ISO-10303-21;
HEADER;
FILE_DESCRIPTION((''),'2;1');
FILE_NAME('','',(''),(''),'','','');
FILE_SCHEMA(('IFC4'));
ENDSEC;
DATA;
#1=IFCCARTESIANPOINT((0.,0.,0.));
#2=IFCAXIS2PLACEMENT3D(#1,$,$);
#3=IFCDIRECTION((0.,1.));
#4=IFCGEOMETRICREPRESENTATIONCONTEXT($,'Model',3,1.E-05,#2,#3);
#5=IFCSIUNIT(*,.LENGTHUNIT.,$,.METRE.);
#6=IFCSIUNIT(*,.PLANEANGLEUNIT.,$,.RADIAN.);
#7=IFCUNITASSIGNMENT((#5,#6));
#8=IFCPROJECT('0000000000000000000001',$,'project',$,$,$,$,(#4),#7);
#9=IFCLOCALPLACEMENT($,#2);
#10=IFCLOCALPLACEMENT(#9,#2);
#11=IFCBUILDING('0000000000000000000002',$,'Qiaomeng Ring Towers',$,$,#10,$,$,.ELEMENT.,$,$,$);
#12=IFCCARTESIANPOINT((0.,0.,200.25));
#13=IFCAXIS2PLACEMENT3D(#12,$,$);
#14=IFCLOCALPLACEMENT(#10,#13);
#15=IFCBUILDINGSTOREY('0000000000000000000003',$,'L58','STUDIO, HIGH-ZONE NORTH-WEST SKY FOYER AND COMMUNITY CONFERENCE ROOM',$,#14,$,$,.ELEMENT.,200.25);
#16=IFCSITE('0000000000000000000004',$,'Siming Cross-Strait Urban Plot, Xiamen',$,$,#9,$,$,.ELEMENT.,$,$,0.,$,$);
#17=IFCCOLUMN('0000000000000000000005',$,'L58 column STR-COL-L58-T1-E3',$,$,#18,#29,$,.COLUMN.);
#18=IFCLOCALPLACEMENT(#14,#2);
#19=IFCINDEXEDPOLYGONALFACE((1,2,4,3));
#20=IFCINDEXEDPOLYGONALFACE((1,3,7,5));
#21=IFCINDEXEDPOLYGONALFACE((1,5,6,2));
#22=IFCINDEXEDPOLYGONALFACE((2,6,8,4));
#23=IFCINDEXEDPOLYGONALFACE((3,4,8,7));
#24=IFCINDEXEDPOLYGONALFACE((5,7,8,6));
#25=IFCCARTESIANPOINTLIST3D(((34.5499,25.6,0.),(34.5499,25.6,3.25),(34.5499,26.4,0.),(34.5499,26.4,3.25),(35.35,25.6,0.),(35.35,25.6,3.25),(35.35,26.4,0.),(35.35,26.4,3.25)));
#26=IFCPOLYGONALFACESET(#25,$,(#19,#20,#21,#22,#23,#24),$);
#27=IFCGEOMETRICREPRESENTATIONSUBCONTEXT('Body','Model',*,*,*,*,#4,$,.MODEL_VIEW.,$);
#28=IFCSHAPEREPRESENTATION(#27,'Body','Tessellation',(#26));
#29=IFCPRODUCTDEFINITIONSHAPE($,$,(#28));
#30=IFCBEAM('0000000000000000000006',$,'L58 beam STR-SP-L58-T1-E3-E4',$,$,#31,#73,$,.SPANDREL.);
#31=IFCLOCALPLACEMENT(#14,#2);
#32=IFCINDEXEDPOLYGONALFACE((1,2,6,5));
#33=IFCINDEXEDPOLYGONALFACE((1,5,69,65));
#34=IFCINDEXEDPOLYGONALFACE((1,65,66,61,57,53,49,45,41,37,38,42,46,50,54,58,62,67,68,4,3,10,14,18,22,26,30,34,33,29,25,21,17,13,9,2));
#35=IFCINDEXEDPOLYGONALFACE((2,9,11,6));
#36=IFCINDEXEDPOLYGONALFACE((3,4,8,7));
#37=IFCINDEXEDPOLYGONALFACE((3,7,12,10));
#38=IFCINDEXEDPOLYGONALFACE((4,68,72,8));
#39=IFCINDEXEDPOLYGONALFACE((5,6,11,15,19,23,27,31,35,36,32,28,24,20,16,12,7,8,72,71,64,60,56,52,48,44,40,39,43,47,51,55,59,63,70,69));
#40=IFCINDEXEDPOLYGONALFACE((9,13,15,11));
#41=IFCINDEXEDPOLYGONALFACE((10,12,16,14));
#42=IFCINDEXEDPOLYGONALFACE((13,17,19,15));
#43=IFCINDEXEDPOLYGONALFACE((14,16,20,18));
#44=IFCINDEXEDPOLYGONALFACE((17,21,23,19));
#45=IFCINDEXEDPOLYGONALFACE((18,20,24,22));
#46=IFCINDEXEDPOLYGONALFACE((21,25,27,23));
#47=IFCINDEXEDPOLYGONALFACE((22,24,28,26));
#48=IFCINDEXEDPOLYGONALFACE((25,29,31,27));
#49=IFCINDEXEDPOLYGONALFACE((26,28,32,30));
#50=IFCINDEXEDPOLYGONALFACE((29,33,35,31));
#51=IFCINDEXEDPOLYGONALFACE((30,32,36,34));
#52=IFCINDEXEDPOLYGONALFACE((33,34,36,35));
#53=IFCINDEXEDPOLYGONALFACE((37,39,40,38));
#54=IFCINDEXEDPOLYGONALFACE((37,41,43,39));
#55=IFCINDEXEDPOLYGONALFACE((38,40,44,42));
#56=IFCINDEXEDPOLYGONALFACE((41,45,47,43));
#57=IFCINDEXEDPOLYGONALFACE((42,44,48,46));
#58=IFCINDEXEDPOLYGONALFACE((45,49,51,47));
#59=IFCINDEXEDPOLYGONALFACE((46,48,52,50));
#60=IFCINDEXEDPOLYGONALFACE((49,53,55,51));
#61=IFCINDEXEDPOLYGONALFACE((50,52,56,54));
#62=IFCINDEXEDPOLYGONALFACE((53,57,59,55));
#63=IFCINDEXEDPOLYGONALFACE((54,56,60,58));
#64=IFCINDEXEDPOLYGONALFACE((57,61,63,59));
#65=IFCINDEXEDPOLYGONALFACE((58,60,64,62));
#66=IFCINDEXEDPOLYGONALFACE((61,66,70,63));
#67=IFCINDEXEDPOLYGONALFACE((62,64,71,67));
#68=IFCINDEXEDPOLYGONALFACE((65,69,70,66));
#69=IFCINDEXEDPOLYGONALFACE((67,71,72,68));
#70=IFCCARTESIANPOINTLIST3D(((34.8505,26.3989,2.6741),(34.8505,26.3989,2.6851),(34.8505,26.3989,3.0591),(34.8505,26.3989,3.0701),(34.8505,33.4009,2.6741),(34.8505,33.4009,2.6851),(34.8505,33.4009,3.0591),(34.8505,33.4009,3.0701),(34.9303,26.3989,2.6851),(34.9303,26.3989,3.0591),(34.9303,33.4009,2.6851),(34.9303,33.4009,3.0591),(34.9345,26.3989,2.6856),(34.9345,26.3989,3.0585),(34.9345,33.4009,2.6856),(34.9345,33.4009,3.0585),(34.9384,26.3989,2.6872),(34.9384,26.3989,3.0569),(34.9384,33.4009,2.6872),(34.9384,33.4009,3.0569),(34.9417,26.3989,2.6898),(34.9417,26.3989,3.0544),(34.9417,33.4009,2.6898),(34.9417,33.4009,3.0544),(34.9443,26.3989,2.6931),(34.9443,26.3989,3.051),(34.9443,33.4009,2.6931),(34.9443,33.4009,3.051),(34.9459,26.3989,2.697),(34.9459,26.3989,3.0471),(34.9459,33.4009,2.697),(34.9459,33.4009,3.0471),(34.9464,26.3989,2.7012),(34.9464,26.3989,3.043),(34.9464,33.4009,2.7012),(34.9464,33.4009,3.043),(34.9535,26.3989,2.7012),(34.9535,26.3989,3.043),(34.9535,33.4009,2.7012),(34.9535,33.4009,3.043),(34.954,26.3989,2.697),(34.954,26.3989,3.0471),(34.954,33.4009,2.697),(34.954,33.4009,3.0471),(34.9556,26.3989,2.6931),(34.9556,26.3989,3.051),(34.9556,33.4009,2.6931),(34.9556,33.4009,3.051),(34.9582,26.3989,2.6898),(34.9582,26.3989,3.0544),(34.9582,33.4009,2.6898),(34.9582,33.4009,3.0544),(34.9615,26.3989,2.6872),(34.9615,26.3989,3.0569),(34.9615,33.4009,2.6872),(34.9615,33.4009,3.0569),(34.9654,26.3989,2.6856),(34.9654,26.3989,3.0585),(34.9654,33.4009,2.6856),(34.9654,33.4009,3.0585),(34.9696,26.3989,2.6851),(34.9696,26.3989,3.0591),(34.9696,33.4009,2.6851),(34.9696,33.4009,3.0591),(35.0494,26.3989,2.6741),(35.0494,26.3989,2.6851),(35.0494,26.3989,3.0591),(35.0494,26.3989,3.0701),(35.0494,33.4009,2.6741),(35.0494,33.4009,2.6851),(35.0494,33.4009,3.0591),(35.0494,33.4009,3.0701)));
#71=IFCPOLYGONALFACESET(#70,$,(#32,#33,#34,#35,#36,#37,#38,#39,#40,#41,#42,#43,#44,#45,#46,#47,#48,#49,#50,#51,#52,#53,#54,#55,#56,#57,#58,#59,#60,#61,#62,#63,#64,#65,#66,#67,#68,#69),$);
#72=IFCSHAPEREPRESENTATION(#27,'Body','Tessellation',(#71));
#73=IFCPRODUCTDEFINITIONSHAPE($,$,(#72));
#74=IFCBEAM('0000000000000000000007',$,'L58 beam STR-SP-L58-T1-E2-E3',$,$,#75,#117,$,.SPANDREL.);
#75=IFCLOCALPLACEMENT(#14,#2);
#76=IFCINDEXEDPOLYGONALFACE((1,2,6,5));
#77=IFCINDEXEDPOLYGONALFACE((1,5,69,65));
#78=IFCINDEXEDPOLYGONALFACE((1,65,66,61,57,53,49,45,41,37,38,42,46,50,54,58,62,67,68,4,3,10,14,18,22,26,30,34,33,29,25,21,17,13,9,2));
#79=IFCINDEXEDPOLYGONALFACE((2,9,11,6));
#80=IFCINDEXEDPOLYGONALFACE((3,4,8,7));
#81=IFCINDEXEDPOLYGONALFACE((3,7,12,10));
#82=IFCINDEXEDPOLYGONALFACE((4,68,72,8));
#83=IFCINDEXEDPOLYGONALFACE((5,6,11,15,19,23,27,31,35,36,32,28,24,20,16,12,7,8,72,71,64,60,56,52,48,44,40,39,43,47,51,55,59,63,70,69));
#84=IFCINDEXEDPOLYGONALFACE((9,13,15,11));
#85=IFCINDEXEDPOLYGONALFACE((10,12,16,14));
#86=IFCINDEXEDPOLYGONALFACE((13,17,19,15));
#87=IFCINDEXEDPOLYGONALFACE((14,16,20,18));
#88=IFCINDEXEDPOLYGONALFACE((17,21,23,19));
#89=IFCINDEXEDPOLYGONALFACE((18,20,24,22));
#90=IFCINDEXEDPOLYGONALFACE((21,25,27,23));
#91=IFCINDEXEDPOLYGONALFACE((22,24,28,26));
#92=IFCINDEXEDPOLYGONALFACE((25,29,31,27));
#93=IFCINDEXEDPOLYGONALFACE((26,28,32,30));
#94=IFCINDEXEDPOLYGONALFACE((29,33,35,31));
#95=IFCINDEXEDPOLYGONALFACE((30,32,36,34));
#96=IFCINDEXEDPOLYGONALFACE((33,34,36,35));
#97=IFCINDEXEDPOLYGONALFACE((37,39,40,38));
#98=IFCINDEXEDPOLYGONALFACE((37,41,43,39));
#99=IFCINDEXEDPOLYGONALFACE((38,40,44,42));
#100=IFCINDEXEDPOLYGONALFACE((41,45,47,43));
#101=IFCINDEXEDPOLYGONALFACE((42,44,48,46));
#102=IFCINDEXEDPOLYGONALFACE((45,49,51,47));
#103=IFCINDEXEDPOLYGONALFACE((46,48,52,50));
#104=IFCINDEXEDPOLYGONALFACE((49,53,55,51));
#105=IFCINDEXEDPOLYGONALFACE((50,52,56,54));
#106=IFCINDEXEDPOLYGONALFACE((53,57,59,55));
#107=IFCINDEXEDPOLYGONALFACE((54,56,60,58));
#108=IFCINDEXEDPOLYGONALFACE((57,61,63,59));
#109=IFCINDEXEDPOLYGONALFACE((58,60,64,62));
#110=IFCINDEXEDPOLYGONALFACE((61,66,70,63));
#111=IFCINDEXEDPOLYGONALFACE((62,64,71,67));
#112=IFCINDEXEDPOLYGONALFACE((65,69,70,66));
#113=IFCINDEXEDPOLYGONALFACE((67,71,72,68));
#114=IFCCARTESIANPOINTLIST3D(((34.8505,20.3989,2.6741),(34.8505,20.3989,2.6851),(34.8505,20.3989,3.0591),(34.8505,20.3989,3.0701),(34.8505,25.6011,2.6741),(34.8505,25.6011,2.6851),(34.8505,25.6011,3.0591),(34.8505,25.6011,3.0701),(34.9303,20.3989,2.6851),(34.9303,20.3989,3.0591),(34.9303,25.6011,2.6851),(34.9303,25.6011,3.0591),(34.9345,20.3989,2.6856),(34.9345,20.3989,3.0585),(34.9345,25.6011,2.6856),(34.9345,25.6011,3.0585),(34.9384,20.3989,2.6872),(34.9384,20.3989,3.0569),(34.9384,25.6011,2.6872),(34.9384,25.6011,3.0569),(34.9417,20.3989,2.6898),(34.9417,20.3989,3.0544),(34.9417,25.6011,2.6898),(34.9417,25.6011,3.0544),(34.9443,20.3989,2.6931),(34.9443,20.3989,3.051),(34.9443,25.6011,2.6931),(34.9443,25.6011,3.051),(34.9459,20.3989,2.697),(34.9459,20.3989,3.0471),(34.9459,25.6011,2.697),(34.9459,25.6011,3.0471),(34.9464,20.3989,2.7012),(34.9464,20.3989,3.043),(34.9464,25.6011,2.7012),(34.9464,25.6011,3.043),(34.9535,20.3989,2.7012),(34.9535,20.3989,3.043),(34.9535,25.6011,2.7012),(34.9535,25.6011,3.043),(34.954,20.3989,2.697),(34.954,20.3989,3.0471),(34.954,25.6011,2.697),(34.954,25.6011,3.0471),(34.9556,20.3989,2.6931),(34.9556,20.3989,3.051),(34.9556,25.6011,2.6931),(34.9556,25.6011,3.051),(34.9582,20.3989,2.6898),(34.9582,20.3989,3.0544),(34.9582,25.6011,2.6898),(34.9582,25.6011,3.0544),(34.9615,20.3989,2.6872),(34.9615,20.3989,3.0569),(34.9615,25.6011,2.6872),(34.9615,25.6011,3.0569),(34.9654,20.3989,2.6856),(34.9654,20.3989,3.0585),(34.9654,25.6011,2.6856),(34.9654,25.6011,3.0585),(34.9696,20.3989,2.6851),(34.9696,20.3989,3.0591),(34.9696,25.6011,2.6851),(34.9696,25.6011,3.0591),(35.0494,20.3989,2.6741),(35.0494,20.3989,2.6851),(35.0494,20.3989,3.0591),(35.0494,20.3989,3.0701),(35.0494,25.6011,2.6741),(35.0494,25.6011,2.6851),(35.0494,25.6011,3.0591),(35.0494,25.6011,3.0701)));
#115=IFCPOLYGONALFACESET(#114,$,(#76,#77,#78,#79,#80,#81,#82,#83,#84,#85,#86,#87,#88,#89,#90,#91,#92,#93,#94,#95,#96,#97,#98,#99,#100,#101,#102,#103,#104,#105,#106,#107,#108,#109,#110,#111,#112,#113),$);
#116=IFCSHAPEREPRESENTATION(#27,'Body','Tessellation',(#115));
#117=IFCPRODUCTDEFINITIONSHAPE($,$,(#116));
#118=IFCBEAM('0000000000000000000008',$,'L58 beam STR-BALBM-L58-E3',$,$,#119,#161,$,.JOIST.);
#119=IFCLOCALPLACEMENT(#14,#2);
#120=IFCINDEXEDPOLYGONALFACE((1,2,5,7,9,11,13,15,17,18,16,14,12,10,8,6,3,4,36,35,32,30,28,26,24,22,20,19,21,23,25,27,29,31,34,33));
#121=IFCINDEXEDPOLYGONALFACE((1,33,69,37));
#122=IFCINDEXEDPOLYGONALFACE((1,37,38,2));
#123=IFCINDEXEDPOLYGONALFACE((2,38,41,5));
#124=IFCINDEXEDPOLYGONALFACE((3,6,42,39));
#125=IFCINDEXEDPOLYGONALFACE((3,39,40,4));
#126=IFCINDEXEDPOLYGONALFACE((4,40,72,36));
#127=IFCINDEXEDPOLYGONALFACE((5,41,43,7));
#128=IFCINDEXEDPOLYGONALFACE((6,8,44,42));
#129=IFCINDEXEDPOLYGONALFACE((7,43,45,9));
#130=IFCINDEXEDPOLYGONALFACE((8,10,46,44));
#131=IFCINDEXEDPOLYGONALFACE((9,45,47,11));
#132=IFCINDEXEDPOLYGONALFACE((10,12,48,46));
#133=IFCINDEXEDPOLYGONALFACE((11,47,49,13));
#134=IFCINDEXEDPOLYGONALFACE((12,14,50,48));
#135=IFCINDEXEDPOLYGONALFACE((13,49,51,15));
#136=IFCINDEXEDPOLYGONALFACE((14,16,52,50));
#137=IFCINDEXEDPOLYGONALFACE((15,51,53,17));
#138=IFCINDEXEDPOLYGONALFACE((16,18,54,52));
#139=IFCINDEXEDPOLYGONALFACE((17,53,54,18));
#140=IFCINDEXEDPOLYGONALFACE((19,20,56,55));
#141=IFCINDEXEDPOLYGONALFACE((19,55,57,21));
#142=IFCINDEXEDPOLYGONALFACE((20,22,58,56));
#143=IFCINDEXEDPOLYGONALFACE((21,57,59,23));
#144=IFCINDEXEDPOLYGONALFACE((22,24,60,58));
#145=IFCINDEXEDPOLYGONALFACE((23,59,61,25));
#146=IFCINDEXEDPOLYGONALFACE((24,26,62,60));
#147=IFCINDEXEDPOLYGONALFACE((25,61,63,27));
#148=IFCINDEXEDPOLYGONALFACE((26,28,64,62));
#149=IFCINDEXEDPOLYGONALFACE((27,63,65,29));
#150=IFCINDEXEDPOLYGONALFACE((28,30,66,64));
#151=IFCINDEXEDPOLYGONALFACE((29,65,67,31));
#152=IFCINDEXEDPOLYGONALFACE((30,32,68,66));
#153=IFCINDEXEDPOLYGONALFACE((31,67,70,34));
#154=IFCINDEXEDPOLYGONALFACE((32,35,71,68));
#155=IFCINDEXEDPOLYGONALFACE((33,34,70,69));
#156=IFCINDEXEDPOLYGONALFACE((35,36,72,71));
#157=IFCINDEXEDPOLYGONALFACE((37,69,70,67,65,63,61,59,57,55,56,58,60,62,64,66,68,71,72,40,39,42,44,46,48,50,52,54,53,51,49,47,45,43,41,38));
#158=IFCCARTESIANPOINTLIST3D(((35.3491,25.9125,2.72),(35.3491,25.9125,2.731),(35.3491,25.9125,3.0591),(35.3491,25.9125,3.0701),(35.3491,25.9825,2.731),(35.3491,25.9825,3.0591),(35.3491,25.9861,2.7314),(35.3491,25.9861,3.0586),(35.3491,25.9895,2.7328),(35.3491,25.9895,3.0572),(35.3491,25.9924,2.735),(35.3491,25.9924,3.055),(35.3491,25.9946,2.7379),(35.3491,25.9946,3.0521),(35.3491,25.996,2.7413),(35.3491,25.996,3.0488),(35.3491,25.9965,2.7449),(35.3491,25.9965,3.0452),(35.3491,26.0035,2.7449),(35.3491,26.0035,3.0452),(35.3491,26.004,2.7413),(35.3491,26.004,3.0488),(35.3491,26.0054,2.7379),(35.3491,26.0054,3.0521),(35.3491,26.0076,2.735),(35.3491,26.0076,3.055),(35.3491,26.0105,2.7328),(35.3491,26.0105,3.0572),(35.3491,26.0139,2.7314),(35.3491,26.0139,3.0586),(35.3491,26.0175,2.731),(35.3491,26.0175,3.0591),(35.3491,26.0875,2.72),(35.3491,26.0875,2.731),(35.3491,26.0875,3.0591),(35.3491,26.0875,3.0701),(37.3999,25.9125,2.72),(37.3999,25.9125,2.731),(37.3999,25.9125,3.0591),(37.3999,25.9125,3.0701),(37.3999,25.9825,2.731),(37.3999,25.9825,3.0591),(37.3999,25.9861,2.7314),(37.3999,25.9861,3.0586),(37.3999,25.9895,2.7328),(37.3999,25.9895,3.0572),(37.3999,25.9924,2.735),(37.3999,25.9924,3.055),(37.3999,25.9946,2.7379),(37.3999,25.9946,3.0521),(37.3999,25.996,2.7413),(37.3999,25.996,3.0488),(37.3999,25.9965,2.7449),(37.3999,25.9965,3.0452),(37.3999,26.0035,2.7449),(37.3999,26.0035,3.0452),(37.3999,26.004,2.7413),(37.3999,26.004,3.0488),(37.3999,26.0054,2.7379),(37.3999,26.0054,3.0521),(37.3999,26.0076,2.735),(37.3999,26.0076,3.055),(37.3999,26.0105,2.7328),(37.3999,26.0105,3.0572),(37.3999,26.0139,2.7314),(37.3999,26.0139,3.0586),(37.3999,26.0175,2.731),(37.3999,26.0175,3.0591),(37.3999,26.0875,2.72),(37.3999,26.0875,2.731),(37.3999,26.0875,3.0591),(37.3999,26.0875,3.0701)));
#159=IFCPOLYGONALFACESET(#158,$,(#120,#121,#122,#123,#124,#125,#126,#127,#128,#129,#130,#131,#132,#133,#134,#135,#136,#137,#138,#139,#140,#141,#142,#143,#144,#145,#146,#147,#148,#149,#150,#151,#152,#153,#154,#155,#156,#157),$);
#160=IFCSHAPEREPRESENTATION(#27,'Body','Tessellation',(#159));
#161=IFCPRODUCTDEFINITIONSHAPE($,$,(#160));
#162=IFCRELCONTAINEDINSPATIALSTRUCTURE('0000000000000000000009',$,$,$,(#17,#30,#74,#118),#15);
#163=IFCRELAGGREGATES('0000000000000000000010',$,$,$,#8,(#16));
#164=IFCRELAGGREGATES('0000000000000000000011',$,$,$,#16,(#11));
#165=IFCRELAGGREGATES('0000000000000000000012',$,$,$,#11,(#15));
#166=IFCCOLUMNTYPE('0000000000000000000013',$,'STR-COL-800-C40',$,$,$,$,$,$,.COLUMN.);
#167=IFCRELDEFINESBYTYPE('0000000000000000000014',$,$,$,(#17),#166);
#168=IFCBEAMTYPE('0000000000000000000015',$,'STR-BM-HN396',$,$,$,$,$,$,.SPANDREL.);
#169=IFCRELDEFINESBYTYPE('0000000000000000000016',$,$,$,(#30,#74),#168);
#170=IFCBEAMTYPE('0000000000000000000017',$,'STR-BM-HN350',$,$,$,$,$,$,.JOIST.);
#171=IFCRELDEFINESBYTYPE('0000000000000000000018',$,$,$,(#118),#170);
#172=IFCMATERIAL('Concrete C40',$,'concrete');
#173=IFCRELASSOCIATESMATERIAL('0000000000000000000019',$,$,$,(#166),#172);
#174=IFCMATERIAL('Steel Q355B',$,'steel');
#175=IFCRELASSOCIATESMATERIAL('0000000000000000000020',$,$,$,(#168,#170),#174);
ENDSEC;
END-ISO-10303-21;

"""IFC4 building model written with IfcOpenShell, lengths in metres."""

from ifc_helpers import new_model, si_unit, direction, frame, origin, origin_2d, place, context, subcontext, project, spatial, rectangle, i_section, extrude, source, transform, mapped, material, material_profile, profile_set, type_object, element, save


model = new_model("IFC4")

# Units and contexts
model_context = context("Model", 3, precision=1e-05, world=origin(), true_north=direction((0.0, 1.0)))
body_context = subcontext(model_context, "Body", "Model", "MODEL_VIEW")
ifc_project = project(units=[si_unit("LENGTHUNIT", "METRE"), si_unit("PLANEANGLEUNIT", "RADIAN")], contexts=[model_context])

# Site, building, storey
site_placement = place(None, origin())
site = spatial("IfcSite", under=ifc_project, at=site_placement, Name="Siming Cross-Strait Urban Plot, Xiamen", CompositionType="ELEMENT", RefElevation=0.0)
building_placement = place(site_placement, origin())
building = spatial("IfcBuilding", under=site, at=building_placement, Name="Qiaomeng Ring Towers", CompositionType="ELEMENT")
storey_placement = place(building_placement, frame((0.0, 0.0, 200.25)))
storey = spatial("IfcBuildingStorey", under=building, at=storey_placement, Name="L58", Description="STUDIO, HIGH-ZONE NORTH-WEST SKY FOYER AND COMMUNITY CONFERENCE ROOM", CompositionType="ELEMENT", Elevation=200.25)

# Column
ifc_material_1 = material(Name="Concrete C40", Category="concrete")
ifc_material_profile_1 = material_profile(ifc_material_1, rectangle(XDim=0.8, YDim=0.8, at=origin_2d()), Name="RC COL 800x800")
ifc_profile_set_1 = profile_set([ifc_material_profile_1], Name="Concrete C40")
column_type = type_object("IfcColumnType", Name="STR-COL-800-C40", PredefinedType="COLUMN", material=ifc_profile_set_1)
shared_shape_1 = source(origin(), body_context, "Body", "SweptSolid", [
    extrude(rectangle(XDim=0.8, YDim=0.8, at=origin_2d()), origin(), (0.0, 0.0, 1.0), 3.25),
])
column_placement = place(storey_placement, frame((34.95, 26.0, 0.0), z_axis=(0.0, 0.0, 1.0), x_axis=(1.0, 0.0, 0.0)))
element("IfcColumn", 1, at=column_placement, inside=storey, type_object=column_type, Name="L58 column STR-COL-L58-T1-E3", PredefinedType="COLUMN", context=body_context, shape_type="MappedRepresentation", body=[
    mapped(shared_shape_1, transform((0.0, 0.0, 0.0), x_axis=(1.0, 0.0, 0.0), y_axis=(0.0, 1.0, 0.0), z_axis=(0.0, 0.0, 1.0), scale=1.0)),
])

# Beams
ifc_material_2 = material(Name="Steel Q355B", Category="steel")
ifc_material_profile_2 = material_profile(ifc_material_2, i_section(OverallWidth=0.199, OverallDepth=0.396, WebThickness=0.0071, FlangeThickness=0.011, FilletRadius=0.0161, at=origin_2d()), Name="HN 396x199x7x11")
ifc_profile_set_2 = profile_set([ifc_material_profile_2], Name="Steel Q355B")
beam_type_1 = type_object("IfcBeamType", Name="STR-BM-HN396", PredefinedType="SPANDREL", material=ifc_profile_set_2)
shared_shape_2 = source(origin(), body_context, "Body", "SweptSolid", [
    extrude(i_section(OverallWidth=0.199, OverallDepth=0.396, WebThickness=0.0071, FlangeThickness=0.011, FilletRadius=0.0161, at=origin_2d()), origin(), (0.0, 0.0, 1.0), 7.002),
])
beam_1_placement = place(storey_placement, frame((34.95, 26.3989, 2.8721), z_axis=(0.0, 1.0, 0.0), x_axis=(-1.0, 0.0, 0.0)))
element("IfcBeam", 2, at=beam_1_placement, inside=storey, type_object=beam_type_1, Name="L58 beam STR-SP-L58-T1-E3-E4", PredefinedType="SPANDREL", context=body_context, shape_type="MappedRepresentation", body=[
    mapped(shared_shape_2, transform((0.0, 0.0, 0.0), x_axis=(1.0, 0.0, 0.0), y_axis=(0.0, 1.0, 0.0), z_axis=(0.0, 0.0, 1.0), scale=1.0)),
])
shared_shape_3 = source(origin(), body_context, "Body", "SweptSolid", [
    extrude(i_section(OverallWidth=0.199, OverallDepth=0.396, WebThickness=0.0071, FlangeThickness=0.011, FilletRadius=0.0161, at=origin_2d()), origin(), (0.0, 0.0, 1.0), 5.2021),
])
beam_2_placement = place(storey_placement, frame((34.95, 20.3989, 2.8721), z_axis=(0.0, 1.0, 0.0), x_axis=(-1.0, 0.0, 0.0)))
element("IfcBeam", 3, at=beam_2_placement, inside=storey, type_object=beam_type_1, Name="L58 beam STR-SP-L58-T1-E2-E3", PredefinedType="SPANDREL", context=body_context, shape_type="MappedRepresentation", body=[
    mapped(shared_shape_3, transform((0.0, 0.0, 0.0), x_axis=(1.0, 0.0, 0.0), y_axis=(0.0, 1.0, 0.0), z_axis=(0.0, 0.0, 1.0), scale=1.0)),
])
ifc_material_profile_3 = material_profile(ifc_material_2, i_section(OverallWidth=0.175, OverallDepth=0.3501, WebThickness=0.0071, FlangeThickness=0.011, FilletRadius=0.0139, at=origin_2d()), Name="HN 350x175x7x11")
ifc_profile_set_3 = profile_set([ifc_material_profile_3], Name="Steel Q355B")
beam_type_2 = type_object("IfcBeamType", Name="STR-BM-HN350", PredefinedType="JOIST", material=ifc_profile_set_3)
shared_shape_4 = source(origin(), body_context, "Body", "SweptSolid", [
    extrude(i_section(OverallWidth=0.175, OverallDepth=0.3501, WebThickness=0.0071, FlangeThickness=0.011, FilletRadius=0.0139, at=origin_2d()), origin(), (0.0, 0.0, 1.0), 2.0508),
])
beam_3_placement = place(storey_placement, frame((35.3491, 26.0, 2.895), z_axis=(1.0, 0.0, 0.0), x_axis=(0.0, 1.0, 0.0)))
element("IfcBeam", 4, at=beam_3_placement, inside=storey, type_object=beam_type_2, Name="L58 beam STR-BALBM-L58-E3", PredefinedType="JOIST", context=body_context, shape_type="MappedRepresentation", body=[
    mapped(shared_shape_4, transform((0.0, 0.0, 0.0), x_axis=(1.0, 0.0, 0.0), y_axis=(0.0, 1.0, 0.0), z_axis=(0.0, 0.0, 1.0), scale=1.0)),
])

save(model, "model.ifc")
